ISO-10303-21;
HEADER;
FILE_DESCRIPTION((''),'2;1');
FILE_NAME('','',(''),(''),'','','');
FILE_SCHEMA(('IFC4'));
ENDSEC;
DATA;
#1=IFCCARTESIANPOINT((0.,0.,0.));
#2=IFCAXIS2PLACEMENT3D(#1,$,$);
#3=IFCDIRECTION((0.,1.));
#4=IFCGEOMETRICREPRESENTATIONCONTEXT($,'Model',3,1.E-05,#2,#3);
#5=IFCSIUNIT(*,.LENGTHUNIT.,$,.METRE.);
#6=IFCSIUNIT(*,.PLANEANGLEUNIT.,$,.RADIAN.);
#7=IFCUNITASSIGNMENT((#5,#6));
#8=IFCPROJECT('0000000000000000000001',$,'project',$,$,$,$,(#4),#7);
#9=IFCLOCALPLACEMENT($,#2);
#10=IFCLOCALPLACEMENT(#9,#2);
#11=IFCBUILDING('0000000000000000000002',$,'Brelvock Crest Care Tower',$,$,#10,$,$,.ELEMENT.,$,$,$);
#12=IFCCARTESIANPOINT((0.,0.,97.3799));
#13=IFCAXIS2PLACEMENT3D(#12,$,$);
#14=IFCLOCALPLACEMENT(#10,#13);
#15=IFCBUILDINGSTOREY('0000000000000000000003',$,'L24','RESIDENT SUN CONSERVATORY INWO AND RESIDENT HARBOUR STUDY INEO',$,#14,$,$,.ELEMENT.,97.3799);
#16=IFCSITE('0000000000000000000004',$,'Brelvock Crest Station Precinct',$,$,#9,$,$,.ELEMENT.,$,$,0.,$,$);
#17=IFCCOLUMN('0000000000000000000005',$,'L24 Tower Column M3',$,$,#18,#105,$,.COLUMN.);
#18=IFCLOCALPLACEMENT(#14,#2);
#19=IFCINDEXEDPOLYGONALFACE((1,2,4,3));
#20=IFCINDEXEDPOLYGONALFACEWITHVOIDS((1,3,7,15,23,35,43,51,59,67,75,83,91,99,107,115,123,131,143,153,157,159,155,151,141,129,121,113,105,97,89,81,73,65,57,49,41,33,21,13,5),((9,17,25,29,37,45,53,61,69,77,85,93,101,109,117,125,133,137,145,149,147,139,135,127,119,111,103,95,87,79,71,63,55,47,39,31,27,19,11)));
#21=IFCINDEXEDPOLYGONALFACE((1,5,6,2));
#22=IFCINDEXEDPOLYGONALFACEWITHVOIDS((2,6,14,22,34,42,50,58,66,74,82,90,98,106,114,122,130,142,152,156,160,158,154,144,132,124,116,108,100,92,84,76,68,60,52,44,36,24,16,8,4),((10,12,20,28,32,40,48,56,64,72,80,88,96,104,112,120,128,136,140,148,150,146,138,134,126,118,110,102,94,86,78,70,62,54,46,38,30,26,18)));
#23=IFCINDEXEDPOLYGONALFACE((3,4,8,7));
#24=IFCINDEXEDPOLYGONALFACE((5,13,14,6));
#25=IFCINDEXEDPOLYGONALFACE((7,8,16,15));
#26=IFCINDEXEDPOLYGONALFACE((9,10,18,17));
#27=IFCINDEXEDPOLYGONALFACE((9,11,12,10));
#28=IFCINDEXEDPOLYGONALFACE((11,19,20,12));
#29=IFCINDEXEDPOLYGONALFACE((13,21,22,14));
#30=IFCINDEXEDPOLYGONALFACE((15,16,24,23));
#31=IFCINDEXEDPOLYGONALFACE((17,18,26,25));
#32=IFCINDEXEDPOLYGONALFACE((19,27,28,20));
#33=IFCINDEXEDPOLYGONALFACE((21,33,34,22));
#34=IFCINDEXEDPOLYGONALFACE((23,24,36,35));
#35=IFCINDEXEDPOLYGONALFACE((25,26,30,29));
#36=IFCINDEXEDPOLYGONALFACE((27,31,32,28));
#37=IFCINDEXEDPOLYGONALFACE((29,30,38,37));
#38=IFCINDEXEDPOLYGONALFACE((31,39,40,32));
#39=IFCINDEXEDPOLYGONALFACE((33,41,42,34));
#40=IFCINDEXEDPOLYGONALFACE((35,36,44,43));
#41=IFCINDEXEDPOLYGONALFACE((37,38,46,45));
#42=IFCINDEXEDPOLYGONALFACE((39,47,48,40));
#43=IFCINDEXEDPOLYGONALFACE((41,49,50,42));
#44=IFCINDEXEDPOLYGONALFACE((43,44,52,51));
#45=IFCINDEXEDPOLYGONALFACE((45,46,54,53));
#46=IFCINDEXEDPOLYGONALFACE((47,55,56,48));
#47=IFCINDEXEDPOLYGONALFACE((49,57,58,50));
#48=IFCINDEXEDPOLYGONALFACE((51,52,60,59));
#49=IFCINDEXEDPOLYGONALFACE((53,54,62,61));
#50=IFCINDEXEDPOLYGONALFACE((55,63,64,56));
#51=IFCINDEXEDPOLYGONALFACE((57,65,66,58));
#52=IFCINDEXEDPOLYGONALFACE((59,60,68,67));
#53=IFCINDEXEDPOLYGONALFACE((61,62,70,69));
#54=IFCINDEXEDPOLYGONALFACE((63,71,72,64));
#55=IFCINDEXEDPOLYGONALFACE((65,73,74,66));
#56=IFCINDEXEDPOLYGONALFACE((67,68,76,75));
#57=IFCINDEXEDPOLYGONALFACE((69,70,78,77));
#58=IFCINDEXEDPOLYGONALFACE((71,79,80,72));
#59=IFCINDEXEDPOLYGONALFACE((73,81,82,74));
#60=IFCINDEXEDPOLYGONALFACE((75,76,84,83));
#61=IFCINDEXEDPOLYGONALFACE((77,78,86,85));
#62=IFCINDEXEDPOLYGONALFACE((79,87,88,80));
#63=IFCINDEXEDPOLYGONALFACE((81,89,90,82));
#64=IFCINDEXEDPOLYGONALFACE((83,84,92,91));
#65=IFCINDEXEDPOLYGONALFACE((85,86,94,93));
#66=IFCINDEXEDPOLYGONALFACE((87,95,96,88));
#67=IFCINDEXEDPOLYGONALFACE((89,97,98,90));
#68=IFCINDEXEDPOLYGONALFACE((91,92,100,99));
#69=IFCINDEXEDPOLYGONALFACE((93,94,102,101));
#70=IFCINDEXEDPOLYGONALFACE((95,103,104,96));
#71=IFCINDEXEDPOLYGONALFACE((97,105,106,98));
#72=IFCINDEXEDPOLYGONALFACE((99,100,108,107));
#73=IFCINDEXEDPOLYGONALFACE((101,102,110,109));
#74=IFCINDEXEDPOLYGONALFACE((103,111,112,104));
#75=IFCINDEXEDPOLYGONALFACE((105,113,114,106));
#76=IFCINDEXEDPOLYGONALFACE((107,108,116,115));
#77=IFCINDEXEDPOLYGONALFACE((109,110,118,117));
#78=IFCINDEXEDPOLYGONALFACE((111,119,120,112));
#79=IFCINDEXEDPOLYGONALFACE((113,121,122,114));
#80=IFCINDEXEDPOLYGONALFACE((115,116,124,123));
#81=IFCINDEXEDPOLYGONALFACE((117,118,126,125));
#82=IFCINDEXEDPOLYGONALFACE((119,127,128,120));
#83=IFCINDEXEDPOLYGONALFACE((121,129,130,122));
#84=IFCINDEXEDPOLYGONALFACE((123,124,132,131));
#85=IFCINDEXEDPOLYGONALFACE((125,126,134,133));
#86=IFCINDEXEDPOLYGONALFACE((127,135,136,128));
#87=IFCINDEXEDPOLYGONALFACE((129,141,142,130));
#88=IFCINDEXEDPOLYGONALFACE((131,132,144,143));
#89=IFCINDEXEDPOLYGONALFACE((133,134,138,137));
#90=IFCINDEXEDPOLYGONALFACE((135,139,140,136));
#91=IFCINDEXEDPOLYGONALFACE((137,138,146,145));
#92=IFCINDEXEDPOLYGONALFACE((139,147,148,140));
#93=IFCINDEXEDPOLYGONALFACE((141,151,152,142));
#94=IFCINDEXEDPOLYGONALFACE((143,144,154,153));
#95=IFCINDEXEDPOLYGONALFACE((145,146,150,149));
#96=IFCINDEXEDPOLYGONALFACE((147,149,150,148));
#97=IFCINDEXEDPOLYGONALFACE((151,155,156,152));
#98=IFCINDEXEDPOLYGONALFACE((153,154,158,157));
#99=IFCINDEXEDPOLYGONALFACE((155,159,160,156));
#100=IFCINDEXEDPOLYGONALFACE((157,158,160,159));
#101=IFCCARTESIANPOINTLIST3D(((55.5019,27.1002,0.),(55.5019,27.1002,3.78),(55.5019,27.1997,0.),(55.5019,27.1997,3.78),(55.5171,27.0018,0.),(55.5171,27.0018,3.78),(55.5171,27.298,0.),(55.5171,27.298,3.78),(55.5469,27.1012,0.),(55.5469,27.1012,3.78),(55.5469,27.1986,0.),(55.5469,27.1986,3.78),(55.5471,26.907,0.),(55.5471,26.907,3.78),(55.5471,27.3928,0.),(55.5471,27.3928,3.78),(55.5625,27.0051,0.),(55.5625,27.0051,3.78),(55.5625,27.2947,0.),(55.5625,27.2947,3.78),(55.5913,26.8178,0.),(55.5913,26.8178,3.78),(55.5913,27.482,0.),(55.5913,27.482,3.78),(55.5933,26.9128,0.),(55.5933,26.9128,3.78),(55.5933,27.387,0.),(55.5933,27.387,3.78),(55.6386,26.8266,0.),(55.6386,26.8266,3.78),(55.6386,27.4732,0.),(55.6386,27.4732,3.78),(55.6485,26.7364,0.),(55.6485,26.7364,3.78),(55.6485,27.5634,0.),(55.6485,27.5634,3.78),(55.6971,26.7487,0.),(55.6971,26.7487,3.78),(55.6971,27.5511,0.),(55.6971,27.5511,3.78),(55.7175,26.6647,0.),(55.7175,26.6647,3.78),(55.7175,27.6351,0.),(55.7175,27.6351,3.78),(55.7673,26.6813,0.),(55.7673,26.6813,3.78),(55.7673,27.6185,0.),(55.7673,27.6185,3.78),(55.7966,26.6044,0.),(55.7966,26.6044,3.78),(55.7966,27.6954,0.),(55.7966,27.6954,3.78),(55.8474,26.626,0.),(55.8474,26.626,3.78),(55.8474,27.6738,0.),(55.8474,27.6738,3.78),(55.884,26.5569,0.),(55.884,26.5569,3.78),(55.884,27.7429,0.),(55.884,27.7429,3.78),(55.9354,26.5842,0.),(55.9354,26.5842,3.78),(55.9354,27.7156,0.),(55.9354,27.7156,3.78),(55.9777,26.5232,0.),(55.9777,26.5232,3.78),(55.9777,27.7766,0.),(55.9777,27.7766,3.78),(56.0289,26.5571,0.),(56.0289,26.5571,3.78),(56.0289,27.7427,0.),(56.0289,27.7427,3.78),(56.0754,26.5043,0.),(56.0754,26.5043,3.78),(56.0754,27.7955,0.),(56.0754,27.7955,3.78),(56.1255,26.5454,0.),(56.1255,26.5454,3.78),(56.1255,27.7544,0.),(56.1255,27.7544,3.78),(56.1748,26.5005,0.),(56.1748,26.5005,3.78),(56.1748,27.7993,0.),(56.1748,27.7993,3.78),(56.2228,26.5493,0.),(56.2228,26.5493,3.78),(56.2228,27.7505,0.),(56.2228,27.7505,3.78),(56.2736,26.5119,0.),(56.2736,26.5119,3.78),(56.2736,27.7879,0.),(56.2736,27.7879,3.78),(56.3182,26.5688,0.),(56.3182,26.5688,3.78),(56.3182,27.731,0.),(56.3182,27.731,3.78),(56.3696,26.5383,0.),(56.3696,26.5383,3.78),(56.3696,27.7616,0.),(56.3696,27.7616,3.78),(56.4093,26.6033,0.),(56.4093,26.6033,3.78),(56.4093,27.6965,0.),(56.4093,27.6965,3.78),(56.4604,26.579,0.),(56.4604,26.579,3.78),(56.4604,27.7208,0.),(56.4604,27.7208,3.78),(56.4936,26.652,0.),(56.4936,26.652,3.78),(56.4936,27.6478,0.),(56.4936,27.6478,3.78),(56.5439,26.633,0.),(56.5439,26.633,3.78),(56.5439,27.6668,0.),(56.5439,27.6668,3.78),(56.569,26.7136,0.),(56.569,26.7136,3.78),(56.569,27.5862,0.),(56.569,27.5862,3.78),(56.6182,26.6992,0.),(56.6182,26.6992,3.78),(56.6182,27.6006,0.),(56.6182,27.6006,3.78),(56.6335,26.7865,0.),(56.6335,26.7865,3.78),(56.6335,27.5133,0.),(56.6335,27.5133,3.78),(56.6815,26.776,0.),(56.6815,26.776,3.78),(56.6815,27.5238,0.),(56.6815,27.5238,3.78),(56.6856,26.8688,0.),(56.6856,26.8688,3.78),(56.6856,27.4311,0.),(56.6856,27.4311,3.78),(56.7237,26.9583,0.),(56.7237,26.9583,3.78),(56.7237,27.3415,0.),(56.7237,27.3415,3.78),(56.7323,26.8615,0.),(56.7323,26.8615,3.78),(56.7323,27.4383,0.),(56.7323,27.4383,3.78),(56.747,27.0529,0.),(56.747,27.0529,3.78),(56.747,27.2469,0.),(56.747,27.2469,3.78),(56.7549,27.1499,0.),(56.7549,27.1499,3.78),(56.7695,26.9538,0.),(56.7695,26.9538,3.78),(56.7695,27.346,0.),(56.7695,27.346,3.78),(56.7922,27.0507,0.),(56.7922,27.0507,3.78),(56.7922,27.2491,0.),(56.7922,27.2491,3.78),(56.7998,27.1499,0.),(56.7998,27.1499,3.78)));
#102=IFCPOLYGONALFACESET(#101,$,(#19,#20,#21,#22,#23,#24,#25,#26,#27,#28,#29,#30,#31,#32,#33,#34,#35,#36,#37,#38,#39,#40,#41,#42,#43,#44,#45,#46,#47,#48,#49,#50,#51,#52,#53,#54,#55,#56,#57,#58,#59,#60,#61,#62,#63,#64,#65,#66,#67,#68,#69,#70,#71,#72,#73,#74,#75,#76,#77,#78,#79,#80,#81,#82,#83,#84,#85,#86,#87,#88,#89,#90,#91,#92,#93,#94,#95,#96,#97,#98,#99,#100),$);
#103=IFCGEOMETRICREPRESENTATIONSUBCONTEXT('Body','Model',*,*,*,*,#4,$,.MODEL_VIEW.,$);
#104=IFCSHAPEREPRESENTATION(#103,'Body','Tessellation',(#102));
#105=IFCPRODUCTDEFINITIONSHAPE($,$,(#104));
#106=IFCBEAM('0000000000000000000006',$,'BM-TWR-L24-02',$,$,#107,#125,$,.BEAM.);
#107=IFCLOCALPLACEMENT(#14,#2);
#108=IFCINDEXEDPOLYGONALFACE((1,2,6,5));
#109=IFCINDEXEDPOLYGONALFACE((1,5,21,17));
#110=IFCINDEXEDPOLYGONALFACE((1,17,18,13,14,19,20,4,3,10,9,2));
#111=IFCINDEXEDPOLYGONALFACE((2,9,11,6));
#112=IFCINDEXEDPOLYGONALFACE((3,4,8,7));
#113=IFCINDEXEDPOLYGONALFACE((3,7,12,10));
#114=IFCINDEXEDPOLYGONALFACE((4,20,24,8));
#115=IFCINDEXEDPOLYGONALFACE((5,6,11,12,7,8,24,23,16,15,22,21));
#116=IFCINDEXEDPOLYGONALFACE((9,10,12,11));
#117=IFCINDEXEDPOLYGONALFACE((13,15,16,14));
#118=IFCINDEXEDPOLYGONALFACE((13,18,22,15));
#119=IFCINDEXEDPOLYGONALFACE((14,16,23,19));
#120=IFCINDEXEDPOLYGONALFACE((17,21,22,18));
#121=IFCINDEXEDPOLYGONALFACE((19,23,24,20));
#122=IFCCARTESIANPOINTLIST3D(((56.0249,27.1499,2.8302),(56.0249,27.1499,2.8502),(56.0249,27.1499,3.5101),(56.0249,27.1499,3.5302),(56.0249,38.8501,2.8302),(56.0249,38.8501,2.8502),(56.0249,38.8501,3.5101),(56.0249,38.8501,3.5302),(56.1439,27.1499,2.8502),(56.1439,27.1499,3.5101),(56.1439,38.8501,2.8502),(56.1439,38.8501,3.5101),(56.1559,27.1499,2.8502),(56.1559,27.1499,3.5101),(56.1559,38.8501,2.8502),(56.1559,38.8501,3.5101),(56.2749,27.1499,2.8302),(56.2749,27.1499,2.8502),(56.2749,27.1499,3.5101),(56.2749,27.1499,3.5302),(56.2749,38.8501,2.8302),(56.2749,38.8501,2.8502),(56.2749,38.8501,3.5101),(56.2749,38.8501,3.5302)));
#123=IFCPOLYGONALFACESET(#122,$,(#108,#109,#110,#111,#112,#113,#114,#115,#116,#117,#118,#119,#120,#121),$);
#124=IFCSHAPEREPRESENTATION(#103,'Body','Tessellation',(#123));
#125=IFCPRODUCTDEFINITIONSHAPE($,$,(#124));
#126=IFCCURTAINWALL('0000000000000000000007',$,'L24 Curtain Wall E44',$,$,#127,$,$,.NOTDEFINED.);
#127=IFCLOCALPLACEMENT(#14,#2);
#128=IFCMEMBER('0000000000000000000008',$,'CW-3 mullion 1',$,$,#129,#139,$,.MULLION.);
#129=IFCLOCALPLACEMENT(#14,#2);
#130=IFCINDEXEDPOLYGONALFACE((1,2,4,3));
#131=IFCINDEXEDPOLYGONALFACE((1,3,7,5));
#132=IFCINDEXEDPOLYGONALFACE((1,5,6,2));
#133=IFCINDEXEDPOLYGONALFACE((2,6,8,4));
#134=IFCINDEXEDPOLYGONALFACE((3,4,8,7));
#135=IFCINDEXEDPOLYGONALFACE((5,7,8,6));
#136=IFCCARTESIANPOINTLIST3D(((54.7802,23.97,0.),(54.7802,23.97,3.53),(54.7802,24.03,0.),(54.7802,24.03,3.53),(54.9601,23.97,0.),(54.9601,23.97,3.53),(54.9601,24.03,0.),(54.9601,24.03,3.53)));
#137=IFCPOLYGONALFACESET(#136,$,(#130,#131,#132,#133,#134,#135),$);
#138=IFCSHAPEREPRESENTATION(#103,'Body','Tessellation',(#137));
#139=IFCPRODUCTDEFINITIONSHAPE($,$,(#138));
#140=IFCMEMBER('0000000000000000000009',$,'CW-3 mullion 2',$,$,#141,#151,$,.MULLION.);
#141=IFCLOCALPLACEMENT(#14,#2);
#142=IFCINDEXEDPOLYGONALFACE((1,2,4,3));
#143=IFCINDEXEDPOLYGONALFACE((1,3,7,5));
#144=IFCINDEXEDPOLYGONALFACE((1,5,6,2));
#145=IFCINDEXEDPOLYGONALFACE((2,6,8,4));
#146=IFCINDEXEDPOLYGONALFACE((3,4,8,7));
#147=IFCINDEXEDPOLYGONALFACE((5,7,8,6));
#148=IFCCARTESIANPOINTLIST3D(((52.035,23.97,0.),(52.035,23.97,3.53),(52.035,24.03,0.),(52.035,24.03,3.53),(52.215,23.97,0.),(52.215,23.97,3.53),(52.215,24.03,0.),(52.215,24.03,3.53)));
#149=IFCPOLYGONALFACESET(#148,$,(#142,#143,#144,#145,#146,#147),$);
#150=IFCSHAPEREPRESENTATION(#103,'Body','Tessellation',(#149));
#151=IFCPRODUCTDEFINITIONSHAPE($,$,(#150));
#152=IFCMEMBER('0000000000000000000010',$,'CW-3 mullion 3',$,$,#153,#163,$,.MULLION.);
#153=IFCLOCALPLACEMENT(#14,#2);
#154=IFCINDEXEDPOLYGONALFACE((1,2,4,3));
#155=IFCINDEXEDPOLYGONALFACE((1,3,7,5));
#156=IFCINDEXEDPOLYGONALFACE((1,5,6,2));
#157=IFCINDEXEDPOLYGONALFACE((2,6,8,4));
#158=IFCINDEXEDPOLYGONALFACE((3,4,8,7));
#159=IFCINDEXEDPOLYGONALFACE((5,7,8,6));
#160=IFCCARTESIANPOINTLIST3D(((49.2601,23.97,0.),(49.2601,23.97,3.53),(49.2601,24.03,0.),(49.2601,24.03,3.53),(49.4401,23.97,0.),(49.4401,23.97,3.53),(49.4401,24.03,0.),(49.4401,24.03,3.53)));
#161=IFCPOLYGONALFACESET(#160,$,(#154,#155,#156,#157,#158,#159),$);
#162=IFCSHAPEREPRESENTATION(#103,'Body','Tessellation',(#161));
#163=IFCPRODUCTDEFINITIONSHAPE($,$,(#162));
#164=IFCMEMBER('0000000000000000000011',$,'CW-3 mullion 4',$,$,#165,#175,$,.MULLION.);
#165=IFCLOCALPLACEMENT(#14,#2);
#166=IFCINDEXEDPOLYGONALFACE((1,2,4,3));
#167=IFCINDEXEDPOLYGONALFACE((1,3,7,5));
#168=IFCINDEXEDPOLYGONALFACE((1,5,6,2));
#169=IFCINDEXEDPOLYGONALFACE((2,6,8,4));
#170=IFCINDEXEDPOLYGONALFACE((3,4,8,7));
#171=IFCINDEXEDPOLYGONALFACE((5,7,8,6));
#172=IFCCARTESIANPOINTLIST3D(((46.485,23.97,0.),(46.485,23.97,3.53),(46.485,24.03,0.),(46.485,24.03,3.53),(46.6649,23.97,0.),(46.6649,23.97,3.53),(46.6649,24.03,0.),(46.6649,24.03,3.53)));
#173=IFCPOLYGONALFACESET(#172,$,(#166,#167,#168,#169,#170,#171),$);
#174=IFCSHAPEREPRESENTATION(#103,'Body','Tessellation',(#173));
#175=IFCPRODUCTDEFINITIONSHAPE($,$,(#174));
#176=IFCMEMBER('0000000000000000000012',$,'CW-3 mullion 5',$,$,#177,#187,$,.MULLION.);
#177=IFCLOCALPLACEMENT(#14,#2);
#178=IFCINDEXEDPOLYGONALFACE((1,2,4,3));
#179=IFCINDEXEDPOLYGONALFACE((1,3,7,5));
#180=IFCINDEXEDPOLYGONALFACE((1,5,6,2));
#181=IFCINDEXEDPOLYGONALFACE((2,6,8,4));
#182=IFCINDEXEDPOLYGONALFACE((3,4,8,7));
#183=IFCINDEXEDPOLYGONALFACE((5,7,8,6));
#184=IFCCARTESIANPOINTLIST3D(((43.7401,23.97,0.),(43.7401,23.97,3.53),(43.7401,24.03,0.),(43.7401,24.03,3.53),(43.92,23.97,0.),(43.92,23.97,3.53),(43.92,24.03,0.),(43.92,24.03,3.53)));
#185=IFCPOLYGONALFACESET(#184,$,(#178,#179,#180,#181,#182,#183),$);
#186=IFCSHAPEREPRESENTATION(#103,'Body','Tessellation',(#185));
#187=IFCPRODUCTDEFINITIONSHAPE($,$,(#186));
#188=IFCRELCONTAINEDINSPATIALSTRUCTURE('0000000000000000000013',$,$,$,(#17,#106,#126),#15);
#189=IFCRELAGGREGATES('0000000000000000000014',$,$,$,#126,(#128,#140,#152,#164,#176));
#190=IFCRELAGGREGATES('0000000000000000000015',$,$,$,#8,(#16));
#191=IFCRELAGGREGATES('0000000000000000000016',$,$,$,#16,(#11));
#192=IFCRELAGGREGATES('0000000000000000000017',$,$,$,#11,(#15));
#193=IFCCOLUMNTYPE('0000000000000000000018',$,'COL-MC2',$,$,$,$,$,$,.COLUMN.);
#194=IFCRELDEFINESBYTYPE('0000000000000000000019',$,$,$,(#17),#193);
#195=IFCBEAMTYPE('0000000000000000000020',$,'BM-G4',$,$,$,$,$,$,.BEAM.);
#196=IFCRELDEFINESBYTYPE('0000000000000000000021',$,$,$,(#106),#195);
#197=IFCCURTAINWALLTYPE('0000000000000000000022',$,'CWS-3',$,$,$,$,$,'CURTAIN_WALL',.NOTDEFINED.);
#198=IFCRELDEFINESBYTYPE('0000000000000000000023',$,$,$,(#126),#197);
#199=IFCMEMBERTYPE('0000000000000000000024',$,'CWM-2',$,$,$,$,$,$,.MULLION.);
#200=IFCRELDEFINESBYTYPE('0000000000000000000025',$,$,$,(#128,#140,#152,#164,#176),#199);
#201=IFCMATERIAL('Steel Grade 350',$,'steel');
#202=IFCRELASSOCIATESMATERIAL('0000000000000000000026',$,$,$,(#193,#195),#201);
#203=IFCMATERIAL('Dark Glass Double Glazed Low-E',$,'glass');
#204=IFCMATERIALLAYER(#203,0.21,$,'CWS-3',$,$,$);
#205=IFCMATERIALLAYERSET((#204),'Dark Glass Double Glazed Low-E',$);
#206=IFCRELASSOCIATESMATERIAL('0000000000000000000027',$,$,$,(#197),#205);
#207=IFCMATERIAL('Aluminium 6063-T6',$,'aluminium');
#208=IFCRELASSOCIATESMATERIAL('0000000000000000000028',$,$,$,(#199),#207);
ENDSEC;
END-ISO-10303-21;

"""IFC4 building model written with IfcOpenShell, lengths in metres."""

from ifc_helpers import new_model, si_unit, direction, frame, origin, origin_2d, place, context, subcontext, project, spatial, rectangle, hollow_circle, i_section, extrude, source, transform, mapped, material, layer, layer_set, material_profile, profile_set, type_object, element, aggregate, save


model = new_model("IFC4")

# Units and contexts
model_context = context("Model", 3, precision=1e-05, world=origin(), true_north=direction((0.0, 1.0)))
body_context = subcontext(model_context, "Body", "Model", "MODEL_VIEW")
ifc_project = project(units=[si_unit("LENGTHUNIT", "METRE"), si_unit("PLANEANGLEUNIT", "RADIAN")], contexts=[model_context])

# Site, building, storey
site_placement = place(None, origin())
site = spatial("IfcSite", under=ifc_project, at=site_placement, Name="Brelvock Crest Station Precinct", CompositionType="ELEMENT", RefElevation=0.0)
building_placement = place(site_placement, origin())
building = spatial("IfcBuilding", under=site, at=building_placement, Name="Brelvock Crest Care Tower", CompositionType="ELEMENT")
storey_placement = place(building_placement, frame((0.0, 0.0, 97.3799)))
storey = spatial("IfcBuildingStorey", under=building, at=storey_placement, Name="L24", Description="RESIDENT SUN CONSERVATORY INWO AND RESIDENT HARBOUR STUDY INEO", CompositionType="ELEMENT", Elevation=97.3799)

# Column
ifc_material_1 = material(Name="Steel Grade 350", Category="steel")
ifc_material_profile_1 = material_profile(ifc_material_1, hollow_circle(Radius=0.6499, WallThickness=0.0449, at=origin_2d()), Name="CFT1300x45")
ifc_profile_set_1 = profile_set([ifc_material_profile_1], Name="Steel Grade 350")
column_type = type_object("IfcColumnType", Name="COL-MC2", PredefinedType="COLUMN", material=ifc_profile_set_1)
shared_shape_1 = source(origin(), body_context, "Body", "SweptSolid", [
    extrude(hollow_circle(Radius=0.6499, WallThickness=0.0449, at=origin_2d()), origin(), (0.0, 0.0, 1.0), 3.78),
])
column_placement = place(storey_placement, frame((56.1499, 27.1499, 0.0), z_axis=(0.0, 0.0, 1.0), x_axis=(1.0, 0.0, 0.0)))
element("IfcColumn", 1, at=column_placement, inside=storey, type_object=column_type, Name="L24 Tower Column M3", PredefinedType="COLUMN", context=body_context, shape_type="MappedRepresentation", body=[
    mapped(shared_shape_1, transform((0.0, 0.0, 0.0), x_axis=(1.0, 0.0, 0.0), y_axis=(0.0, 1.0, 0.0), z_axis=(0.0, 0.0, 1.0), scale=1.0)),
])

# Beam
ifc_material_profile_2 = material_profile(ifc_material_1, i_section(OverallWidth=0.25, OverallDepth=0.7, WebThickness=0.012, FlangeThickness=0.02, at=origin_2d()), Name="700WB150")
ifc_profile_set_2 = profile_set([ifc_material_profile_2], Name="Steel Grade 350")
beam_type = type_object("IfcBeamType", Name="BM-G4", PredefinedType="BEAM", material=ifc_profile_set_2)
shared_shape_2 = source(origin(), body_context, "Body", "SweptSolid", [
    extrude(i_section(OverallWidth=0.25, OverallDepth=0.7, WebThickness=0.012, FlangeThickness=0.02, at=origin_2d()), origin(), (0.0, 0.0, 1.0), 11.7002),
])
beam_placement = place(storey_placement, frame((56.1499, 27.1499, 3.1802), z_axis=(0.0, 1.0, 0.0), x_axis=(-1.0, 0.0, 0.0)))
element("IfcBeam", 2, at=beam_placement, inside=storey, type_object=beam_type, Name="BM-TWR-L24-02", PredefinedType="BEAM", context=body_context, shape_type="MappedRepresentation", body=[
    mapped(shared_shape_2, transform((0.0, 0.0, 0.0), x_axis=(1.0, 0.0, 0.0), y_axis=(0.0, 1.0, 0.0), z_axis=(0.0, 0.0, 1.0), scale=1.0)),
])

# Curtain wall, members
ifc_material_2 = material(Name="Dark Glass Double Glazed Low-E", Category="glass")
ifc_layer_1 = layer(ifc_material_2, 0.21, Name="CWS-3")
ifc_layer_set_1 = layer_set([ifc_layer_1], Name="Dark Glass Double Glazed Low-E")
curtain_wall_type = type_object("IfcCurtainWallType", Name="CWS-3", ElementType="CURTAIN_WALL", PredefinedType="NOTDEFINED", material=ifc_layer_set_1)
curtain_wall_placement = place(storey_placement, origin())
curtain_wall = element("IfcCurtainWall", 3, at=curtain_wall_placement, inside=storey, type_object=curtain_wall_type, Name="L24 Curtain Wall E44", PredefinedType="NOTDEFINED")
ifc_material_3 = material(Name="Aluminium 6063-T6", Category="aluminium")
ifc_material_profile_3 = material_profile(ifc_material_3, rectangle(XDim=0.0601, YDim=0.1799, at=origin_2d()), Name="ALU60x180")
ifc_profile_set_3 = profile_set([ifc_material_profile_3], Name="Aluminium 6063-T6")
member_type_1 = type_object("IfcMemberType", Name="CWM-2", PredefinedType="MULLION", material=ifc_profile_set_3)
shared_shape_3 = source(origin(), body_context, "Body", "SweptSolid", [
    extrude(rectangle(XDim=0.0601, YDim=0.1799, at=origin_2d()), origin(), (0.0, 0.0, 1.0), 3.53),
])
member_1_placement = place(storey_placement, frame((54.8701, 24.0, 0.0), z_axis=(0.0, 0.0, 1.0), x_axis=(0.0, -1.0, 0.0)))
member_1 = element("IfcMember", 4, at=member_1_placement, type_object=member_type_1, Name="CW-3 mullion 1", PredefinedType="MULLION", context=body_context, shape_type="MappedRepresentation", body=[
    mapped(shared_shape_3, transform((0.0, 0.0, 0.0), x_axis=(1.0, 0.0, 0.0), y_axis=(0.0, 1.0, 0.0), z_axis=(0.0, 0.0, 1.0), scale=1.0)),
])
member_2_placement = place(storey_placement, frame((52.125, 24.0, 0.0), z_axis=(0.0, 0.0, 1.0), x_axis=(0.0, -1.0, 0.0)))
member_2 = element("IfcMember", 5, at=member_2_placement, type_object=member_type_1, Name="CW-3 mullion 2", PredefinedType="MULLION", context=body_context, shape_type="MappedRepresentation", body=[
    mapped(shared_shape_3, transform((0.0, 0.0, 0.0), x_axis=(1.0, 0.0, 0.0), y_axis=(0.0, 1.0, 0.0), z_axis=(0.0, 0.0, 1.0), scale=1.0)),
])
member_3_placement = place(storey_placement, frame((49.3501, 24.0, 0.0), z_axis=(0.0, 0.0, 1.0), x_axis=(0.0, -1.0, 0.0)))
member_3 = element("IfcMember", 6, at=member_3_placement, type_object=member_type_1, Name="CW-3 mullion 3", PredefinedType="MULLION", context=body_context, shape_type="MappedRepresentation", body=[
    mapped(shared_shape_3, transform((0.0, 0.0, 0.0), x_axis=(1.0, 0.0, 0.0), y_axis=(0.0, 1.0, 0.0), z_axis=(0.0, 0.0, 1.0), scale=1.0)),
])
member_4_placement = place(storey_placement, frame((46.575, 24.0, 0.0), z_axis=(0.0, 0.0, 1.0), x_axis=(0.0, -1.0, 0.0)))
member_4 = element("IfcMember", 7, at=member_4_placement, type_object=member_type_1, Name="CW-3 mullion 4", PredefinedType="MULLION", context=body_context, shape_type="MappedRepresentation", body=[
    mapped(shared_shape_3, transform((0.0, 0.0, 0.0), x_axis=(1.0, 0.0, 0.0), y_axis=(0.0, 1.0, 0.0), z_axis=(0.0, 0.0, 1.0), scale=1.0)),
])
member_5_placement = place(storey_placement, frame((43.8301, 24.0, 0.0), z_axis=(0.0, 0.0, 1.0), x_axis=(0.0, -1.0, 0.0)))
member_5 = element("IfcMember", 8, at=member_5_placement, type_object=member_type_1, Name="CW-3 mullion 5", PredefinedType="MULLION", context=body_context, shape_type="MappedRepresentation", body=[
    mapped(shared_shape_3, transform((0.0, 0.0, 0.0), x_axis=(1.0, 0.0, 0.0), y_axis=(0.0, 1.0, 0.0), z_axis=(0.0, 0.0, 1.0), scale=1.0)),
])
aggregate(curtain_wall, [member_1, member_2, member_3, member_4, member_5])

save(model, "model.ifc")
